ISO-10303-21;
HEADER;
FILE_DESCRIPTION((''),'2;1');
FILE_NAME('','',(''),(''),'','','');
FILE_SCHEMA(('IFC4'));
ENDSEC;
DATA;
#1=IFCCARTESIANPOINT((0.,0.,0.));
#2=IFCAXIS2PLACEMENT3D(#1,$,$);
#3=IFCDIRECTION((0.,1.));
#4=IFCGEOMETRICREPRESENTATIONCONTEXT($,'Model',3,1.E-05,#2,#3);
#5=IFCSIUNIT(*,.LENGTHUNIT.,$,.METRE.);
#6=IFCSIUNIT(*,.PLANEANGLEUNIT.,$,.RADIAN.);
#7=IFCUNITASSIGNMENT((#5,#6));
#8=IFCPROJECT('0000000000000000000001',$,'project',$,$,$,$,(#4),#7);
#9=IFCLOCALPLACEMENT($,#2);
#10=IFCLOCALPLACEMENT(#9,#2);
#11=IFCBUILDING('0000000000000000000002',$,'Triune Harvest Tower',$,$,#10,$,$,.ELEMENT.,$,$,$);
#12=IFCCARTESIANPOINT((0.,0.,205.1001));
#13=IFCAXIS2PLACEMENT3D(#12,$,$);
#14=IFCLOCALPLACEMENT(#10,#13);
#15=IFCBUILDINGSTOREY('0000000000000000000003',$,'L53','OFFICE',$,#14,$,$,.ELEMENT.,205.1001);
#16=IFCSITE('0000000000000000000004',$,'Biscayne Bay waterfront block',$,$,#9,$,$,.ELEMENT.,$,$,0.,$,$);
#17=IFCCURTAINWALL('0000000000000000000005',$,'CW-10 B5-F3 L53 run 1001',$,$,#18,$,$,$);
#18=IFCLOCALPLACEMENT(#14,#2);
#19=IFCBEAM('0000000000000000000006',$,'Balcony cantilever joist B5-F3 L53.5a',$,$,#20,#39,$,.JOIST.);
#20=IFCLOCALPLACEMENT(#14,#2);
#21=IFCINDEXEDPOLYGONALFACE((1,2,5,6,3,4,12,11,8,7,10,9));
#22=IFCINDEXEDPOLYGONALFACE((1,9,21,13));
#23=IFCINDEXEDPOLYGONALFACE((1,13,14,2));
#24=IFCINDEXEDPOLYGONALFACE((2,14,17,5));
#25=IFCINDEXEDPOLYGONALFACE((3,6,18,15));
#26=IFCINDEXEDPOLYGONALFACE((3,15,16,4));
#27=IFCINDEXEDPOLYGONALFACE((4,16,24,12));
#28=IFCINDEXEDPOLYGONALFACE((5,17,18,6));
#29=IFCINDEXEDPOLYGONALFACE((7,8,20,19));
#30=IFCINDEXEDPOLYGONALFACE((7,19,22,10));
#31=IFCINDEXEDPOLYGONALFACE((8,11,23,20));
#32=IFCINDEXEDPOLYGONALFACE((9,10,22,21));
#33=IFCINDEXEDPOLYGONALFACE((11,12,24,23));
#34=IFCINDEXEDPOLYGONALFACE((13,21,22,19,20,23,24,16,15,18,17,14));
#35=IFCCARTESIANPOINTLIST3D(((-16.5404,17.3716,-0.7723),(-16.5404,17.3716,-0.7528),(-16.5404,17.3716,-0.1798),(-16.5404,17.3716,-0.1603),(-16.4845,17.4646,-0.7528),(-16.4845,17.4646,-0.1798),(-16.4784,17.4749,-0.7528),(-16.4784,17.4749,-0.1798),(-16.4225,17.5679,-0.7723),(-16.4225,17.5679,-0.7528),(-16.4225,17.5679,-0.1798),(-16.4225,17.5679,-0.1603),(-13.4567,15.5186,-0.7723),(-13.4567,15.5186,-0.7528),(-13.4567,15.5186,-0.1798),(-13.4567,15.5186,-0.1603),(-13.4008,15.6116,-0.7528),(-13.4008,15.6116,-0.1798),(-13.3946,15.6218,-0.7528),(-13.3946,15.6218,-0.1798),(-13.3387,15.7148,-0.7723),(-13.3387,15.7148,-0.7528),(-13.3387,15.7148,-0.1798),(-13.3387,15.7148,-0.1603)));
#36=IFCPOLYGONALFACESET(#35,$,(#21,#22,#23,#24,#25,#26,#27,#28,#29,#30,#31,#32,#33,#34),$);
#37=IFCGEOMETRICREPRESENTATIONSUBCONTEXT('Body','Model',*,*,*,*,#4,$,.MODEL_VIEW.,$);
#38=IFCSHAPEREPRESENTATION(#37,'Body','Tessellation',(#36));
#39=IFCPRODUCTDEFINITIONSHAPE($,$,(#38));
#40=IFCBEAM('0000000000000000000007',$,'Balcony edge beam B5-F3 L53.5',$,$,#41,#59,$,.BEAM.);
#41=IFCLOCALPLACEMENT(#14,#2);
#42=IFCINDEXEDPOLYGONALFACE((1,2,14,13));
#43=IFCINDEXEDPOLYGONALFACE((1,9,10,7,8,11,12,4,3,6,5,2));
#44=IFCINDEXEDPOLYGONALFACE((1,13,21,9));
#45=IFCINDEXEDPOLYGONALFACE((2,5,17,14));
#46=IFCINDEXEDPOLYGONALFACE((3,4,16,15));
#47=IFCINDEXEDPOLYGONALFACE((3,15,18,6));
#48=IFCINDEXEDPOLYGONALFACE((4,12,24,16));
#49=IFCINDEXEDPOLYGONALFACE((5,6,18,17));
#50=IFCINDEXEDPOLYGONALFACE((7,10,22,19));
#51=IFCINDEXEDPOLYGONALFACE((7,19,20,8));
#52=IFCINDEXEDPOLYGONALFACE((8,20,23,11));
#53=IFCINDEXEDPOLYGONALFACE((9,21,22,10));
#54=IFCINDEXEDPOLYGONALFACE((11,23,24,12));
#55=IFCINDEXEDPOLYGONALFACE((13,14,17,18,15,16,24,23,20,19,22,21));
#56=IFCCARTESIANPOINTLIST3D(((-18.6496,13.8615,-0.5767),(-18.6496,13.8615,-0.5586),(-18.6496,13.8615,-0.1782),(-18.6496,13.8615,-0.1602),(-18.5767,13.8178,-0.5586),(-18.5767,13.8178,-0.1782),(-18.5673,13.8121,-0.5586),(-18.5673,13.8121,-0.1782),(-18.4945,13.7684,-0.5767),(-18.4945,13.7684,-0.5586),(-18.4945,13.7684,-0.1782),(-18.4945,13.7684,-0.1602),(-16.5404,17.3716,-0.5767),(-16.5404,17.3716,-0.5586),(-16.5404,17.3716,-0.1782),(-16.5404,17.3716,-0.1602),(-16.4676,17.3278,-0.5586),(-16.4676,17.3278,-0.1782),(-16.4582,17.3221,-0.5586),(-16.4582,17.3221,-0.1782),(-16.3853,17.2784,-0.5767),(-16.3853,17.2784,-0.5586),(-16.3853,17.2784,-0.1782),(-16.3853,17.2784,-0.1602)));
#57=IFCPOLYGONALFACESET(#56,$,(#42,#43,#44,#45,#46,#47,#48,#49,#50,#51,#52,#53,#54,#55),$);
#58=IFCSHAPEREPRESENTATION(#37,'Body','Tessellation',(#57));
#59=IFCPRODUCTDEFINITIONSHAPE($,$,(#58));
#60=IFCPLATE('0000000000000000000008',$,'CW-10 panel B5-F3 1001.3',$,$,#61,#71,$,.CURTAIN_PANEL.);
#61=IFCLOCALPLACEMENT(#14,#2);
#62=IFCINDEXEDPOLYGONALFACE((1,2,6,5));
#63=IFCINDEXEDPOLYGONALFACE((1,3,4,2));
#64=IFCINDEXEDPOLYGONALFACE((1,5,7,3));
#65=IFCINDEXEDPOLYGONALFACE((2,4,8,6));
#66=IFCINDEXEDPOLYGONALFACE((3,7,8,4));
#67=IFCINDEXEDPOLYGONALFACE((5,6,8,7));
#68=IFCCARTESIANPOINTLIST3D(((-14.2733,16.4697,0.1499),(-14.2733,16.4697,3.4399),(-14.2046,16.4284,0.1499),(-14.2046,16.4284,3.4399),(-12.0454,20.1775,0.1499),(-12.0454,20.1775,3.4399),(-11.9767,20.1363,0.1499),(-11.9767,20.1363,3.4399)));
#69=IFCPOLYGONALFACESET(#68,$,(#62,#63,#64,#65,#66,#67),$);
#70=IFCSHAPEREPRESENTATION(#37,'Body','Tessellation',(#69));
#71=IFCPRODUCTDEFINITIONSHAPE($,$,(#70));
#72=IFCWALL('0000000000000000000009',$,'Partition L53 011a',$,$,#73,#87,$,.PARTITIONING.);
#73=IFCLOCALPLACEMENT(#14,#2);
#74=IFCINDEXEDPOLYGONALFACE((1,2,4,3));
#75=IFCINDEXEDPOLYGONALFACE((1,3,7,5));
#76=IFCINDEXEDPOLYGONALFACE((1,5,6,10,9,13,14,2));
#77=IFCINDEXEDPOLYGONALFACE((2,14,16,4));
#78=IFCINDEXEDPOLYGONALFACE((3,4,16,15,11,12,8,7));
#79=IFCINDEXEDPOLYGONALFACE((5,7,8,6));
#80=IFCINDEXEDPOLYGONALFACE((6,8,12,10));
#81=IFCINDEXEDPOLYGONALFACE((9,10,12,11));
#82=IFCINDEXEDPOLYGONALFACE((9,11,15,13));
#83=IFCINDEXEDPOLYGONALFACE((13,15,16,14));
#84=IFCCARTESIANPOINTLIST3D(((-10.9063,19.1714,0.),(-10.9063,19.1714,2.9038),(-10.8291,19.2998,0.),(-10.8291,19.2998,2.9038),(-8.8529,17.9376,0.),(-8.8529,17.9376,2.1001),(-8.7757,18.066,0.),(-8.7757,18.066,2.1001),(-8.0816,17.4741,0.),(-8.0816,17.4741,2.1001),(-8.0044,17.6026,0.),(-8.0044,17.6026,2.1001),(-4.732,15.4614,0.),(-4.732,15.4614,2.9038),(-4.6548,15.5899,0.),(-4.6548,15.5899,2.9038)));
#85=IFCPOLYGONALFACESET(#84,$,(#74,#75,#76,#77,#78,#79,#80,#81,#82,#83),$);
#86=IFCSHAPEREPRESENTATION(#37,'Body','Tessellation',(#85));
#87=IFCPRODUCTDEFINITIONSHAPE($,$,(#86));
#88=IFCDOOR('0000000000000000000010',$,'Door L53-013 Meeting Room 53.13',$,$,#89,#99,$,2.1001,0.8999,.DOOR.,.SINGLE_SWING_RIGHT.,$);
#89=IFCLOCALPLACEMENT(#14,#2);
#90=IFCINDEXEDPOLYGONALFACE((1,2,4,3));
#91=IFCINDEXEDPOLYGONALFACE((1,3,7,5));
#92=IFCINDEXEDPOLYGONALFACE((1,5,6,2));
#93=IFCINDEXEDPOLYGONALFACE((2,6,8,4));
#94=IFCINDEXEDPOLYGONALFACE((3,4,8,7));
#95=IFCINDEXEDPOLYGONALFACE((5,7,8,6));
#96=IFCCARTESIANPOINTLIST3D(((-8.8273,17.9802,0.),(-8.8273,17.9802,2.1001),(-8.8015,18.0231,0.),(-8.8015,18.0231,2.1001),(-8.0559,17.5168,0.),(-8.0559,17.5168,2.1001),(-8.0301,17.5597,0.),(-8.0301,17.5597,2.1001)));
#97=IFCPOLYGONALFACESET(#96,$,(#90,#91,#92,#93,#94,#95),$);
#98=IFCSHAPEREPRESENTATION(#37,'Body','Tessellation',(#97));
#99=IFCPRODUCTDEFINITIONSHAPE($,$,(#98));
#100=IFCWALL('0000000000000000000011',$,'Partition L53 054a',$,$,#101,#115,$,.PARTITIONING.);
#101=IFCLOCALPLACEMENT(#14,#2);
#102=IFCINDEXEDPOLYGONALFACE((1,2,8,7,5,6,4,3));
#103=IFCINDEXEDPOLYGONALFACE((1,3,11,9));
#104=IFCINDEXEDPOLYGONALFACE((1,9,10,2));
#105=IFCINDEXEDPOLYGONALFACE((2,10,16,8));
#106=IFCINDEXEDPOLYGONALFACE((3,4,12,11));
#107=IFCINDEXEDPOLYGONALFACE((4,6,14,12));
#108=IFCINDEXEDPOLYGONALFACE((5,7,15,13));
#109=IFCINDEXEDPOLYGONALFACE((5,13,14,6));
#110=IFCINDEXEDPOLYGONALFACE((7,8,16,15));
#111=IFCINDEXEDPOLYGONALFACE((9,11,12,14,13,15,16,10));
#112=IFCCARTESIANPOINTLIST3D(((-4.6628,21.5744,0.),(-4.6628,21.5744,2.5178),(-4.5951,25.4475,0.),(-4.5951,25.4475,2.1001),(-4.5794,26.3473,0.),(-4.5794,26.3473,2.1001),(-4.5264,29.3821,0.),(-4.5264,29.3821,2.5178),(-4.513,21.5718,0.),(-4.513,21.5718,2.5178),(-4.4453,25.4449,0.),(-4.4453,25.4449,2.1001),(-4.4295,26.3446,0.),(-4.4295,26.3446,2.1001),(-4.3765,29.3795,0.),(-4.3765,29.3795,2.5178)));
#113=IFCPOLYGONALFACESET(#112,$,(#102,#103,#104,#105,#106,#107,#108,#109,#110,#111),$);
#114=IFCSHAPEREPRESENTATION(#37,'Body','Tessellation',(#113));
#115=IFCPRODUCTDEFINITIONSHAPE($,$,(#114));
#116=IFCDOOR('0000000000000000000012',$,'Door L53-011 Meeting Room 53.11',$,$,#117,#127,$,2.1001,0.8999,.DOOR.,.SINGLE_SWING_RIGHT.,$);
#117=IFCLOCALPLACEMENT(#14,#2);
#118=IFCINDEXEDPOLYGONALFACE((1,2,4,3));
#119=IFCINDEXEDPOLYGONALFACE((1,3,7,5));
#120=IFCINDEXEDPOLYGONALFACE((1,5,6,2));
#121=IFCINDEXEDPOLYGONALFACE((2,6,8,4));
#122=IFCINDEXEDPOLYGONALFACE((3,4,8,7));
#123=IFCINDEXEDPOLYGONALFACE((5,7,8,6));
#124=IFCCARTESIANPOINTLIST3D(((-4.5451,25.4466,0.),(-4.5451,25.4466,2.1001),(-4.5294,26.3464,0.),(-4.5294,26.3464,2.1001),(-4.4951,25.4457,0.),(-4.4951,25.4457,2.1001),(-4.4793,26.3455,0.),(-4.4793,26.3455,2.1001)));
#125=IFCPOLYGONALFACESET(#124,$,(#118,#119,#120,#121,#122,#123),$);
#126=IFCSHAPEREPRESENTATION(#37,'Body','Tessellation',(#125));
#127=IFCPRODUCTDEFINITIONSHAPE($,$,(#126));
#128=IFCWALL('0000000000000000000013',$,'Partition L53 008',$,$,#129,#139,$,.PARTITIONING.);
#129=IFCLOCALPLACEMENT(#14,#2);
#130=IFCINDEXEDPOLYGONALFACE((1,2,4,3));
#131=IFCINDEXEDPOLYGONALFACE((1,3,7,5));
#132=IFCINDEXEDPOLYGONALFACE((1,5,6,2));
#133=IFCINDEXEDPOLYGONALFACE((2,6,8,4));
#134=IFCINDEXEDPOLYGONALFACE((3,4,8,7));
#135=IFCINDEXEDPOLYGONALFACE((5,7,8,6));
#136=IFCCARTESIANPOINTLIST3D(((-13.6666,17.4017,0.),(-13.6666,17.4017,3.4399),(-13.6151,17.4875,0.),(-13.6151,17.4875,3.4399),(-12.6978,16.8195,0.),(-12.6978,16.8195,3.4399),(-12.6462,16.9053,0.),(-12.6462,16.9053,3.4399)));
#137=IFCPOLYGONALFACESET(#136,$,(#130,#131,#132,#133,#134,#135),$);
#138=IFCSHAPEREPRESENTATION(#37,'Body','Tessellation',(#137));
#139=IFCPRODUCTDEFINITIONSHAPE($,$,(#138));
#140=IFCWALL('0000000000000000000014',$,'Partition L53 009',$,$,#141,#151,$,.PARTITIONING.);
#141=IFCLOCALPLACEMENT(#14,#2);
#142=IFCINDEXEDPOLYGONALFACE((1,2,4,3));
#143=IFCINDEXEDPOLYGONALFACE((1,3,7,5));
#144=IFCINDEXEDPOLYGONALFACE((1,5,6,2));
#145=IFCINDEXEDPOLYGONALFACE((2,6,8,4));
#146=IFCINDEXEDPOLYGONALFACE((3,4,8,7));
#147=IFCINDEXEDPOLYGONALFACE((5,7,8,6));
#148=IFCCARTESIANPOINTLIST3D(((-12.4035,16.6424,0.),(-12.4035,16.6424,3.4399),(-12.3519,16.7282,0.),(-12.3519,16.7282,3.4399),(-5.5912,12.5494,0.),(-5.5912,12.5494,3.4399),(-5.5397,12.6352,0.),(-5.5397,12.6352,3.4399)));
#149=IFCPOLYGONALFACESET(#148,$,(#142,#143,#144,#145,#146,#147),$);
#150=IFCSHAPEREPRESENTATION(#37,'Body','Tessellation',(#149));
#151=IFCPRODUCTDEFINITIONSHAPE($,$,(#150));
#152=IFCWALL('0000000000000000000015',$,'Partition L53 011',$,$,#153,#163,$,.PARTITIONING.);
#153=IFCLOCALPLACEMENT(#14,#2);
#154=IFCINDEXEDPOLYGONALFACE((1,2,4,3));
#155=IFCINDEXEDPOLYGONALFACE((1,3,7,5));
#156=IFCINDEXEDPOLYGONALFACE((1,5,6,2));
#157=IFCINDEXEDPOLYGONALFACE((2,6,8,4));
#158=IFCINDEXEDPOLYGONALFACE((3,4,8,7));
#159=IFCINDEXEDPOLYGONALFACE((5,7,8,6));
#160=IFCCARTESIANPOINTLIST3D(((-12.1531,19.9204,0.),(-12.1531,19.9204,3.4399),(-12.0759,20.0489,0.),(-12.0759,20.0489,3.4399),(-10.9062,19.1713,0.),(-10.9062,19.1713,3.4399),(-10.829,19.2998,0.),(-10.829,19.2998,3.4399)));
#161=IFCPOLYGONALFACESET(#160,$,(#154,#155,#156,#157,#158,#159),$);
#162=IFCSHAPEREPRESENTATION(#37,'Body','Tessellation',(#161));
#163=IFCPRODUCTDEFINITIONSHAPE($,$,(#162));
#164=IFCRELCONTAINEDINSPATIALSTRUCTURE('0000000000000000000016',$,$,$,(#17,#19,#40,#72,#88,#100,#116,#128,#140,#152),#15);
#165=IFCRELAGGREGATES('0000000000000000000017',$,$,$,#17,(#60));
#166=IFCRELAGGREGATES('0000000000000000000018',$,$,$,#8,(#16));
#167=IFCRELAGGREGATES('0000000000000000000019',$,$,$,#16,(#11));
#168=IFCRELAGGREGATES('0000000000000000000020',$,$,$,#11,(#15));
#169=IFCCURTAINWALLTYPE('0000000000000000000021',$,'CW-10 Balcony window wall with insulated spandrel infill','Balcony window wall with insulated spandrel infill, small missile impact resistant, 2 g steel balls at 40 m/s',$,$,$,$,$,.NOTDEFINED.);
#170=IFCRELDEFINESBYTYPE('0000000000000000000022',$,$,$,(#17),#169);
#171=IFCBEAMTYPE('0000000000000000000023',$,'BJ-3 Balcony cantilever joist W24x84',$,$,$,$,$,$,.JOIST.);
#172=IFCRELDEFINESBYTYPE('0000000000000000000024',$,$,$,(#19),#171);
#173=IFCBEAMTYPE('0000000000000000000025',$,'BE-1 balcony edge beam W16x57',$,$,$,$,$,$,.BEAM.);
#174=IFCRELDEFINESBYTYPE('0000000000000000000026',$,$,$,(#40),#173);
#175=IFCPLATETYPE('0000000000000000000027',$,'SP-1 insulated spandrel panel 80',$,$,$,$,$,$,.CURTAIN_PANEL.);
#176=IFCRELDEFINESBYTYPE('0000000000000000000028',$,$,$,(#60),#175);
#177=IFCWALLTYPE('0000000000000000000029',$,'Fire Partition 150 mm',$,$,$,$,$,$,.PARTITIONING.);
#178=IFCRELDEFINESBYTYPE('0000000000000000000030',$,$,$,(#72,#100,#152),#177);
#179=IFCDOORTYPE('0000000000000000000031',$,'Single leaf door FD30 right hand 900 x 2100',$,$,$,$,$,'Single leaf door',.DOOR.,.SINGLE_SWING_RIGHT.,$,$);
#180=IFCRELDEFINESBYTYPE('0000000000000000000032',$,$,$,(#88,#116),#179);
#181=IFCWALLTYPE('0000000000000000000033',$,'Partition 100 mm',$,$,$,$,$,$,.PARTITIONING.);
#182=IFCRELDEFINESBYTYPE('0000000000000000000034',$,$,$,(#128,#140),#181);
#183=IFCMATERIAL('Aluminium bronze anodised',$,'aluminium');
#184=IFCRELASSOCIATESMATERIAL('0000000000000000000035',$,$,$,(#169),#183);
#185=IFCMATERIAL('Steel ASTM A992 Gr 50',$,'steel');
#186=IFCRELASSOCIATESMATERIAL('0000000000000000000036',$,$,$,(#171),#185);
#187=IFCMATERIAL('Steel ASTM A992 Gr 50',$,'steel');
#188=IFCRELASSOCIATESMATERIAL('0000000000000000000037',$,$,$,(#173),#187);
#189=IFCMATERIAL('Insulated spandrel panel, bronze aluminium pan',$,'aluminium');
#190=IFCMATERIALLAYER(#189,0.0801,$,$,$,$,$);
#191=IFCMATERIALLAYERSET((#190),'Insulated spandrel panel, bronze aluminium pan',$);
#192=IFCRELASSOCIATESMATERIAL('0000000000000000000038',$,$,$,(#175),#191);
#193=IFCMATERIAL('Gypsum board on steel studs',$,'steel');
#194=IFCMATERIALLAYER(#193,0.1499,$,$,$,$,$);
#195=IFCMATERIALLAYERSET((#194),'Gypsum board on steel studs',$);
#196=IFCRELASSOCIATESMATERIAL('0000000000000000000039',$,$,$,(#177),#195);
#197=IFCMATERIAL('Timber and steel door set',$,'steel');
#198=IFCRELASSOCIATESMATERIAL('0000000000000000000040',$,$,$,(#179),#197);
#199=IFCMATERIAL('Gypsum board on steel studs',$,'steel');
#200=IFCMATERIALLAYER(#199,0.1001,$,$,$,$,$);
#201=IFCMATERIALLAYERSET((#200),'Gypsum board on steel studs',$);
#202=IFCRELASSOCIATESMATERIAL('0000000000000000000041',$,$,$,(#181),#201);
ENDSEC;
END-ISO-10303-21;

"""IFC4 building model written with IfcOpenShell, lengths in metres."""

from ifc_helpers import new_model, si_unit, direction, frame, frame_2d, origin, origin_2d, place, context, subcontext, project, spatial, rectangle, i_section, extrude, source, transform, mapped, material, layer, layer_set, material_profile, profile_set, type_object, element, fill, aggregate, save


model = new_model("IFC4")

# Units and contexts
model_context = context("Model", 3, precision=1e-05, world=origin(), true_north=direction((0.0, 1.0)))
body_context = subcontext(model_context, "Body", "Model", "MODEL_VIEW")
ifc_project = project(units=[si_unit("LENGTHUNIT", "METRE"), si_unit("PLANEANGLEUNIT", "RADIAN")], contexts=[model_context])

# Site, building, storey
site_placement = place(None, origin())
site = spatial("IfcSite", under=ifc_project, at=site_placement, Name="Biscayne Bay waterfront block", CompositionType="ELEMENT", RefElevation=0.0)
building_placement = place(site_placement, origin())
building = spatial("IfcBuilding", under=site, at=building_placement, Name="Triune Harvest Tower", CompositionType="ELEMENT")
storey_placement = place(building_placement, frame((0.0, 0.0, 205.1001)))
storey = spatial("IfcBuildingStorey", under=building, at=storey_placement, Name="L53", Description="OFFICE", CompositionType="ELEMENT", Elevation=205.1001)

# Curtain wall
ifc_material_1 = material(Name="Aluminium bronze anodised", Category="aluminium")
curtain_wall_type = type_object("IfcCurtainWallType", Name="CW-10 Balcony window wall with insulated spandrel infill", Description="Balcony window wall with insulated spandrel infill, small missile impact resistant, 2 g steel balls at 40 m/s", PredefinedType="NOTDEFINED", material=ifc_material_1)
curtain_wall_placement = place(storey_placement, origin())
curtain_wall = element("IfcCurtainWall", 1, at=curtain_wall_placement, inside=storey, type_object=curtain_wall_type, Name="CW-10 B5-F3 L53 run 1001")

# Beams
ifc_material_2 = material(Name="Steel ASTM A992 Gr 50", Category="steel")
ifc_material_profile_1 = material_profile(ifc_material_2, i_section(OverallWidth=0.229, OverallDepth=0.6121, WebThickness=0.012, FlangeThickness=0.0195, at=origin_2d()), Name="W24x84")
ifc_profile_set_1 = profile_set([ifc_material_profile_1], Name="Steel ASTM A992 Gr 50")
beam_type_1 = type_object("IfcBeamType", Name="BJ-3 Balcony cantilever joist W24x84", PredefinedType="JOIST", material=ifc_profile_set_1)
shared_shape_1 = source(origin(), body_context, "Body", "SweptSolid", [
    extrude(i_section(OverallWidth=0.229, OverallDepth=0.6121, WebThickness=0.012, FlangeThickness=0.0195, at=origin_2d()), origin(), (0.0, 0.0, 1.0), 3.5977),
])
beam_1_placement = place(storey_placement, frame((-13.3977, 15.6167, -0.4663), z_axis=(-0.857151, 0.515064, 0.0), x_axis=(-0.515064, -0.857151, 0.0)))
element("IfcBeam", 2, at=beam_1_placement, inside=storey, type_object=beam_type_1, Name="Balcony cantilever joist B5-F3 L53.5a", PredefinedType="JOIST", context=body_context, shape_type="MappedRepresentation", body=[
    mapped(shared_shape_1, transform((0.0, 0.0, 0.0), scale=1.0)),
])
ifc_material_3 = material(Name="Steel ASTM A992 Gr 50", Category="steel")
ifc_material_profile_2 = material_profile(ifc_material_3, i_section(OverallWidth=0.1809, OverallDepth=0.4165, WebThickness=0.011, FlangeThickness=0.0181, at=origin_2d()), Name="W16x57")
ifc_profile_set_2 = profile_set([ifc_material_profile_2], Name="Steel ASTM A992 Gr 50")
beam_type_2 = type_object("IfcBeamType", Name="BE-1 balcony edge beam W16x57", PredefinedType="BEAM", material=ifc_profile_set_2)
shared_shape_2 = source(origin(), body_context, "Body", "SweptSolid", [
    extrude(i_section(OverallWidth=0.1809, OverallDepth=0.4165, WebThickness=0.011, FlangeThickness=0.0181, at=origin_2d()), origin(), (0.0, 0.0, 1.0), 4.095),
])
beam_2_placement = place(storey_placement, frame((-18.572, 13.8149, -0.3684), z_axis=(0.515057, 0.857156, 0.0), x_axis=(-0.857156, 0.515057, 0.0)))
element("IfcBeam", 3, at=beam_2_placement, inside=storey, type_object=beam_type_2, Name="Balcony edge beam B5-F3 L53.5", PredefinedType="BEAM", context=body_context, shape_type="MappedRepresentation", body=[
    mapped(shared_shape_2, transform((0.0, 0.0, 0.0), scale=1.0)),
])

# Plate
ifc_material_4 = material(Name="Insulated spandrel panel, bronze aluminium pan", Category="aluminium")
ifc_layer_1 = layer(ifc_material_4, 0.0801)
ifc_layer_set_1 = layer_set([ifc_layer_1], Name="Insulated spandrel panel, bronze aluminium pan")
plate_type = type_object("IfcPlateType", Name="SP-1 insulated spandrel panel 80", PredefinedType="CURTAIN_PANEL", material=ifc_layer_set_1)
plate_placement = place(storey_placement, frame((-13.125, 18.303, 0.1499), z_axis=(0.0, 0.0, 1.0), x_axis=(-0.515041, -0.857166, 0.0)))
plate = element("IfcPlate", 4, at=plate_placement, type_object=plate_type, Name="CW-10 panel B5-F3 1001.3", PredefinedType="CURTAIN_PANEL", context=body_context, shape_type="SweptSolid", body=[
    extrude(rectangle(XDim=4.3257, YDim=0.0801, at=origin_2d()), origin(), (0.0, 0.0, 1.0), 3.29),
])
aggregate(curtain_wall, [plate])

# Walls, openings, doors
ifc_material_5 = material(Name="Gypsum board on steel studs", Category="steel")
ifc_layer_2 = layer(ifc_material_5, 0.1499)
ifc_layer_set_2 = layer_set([ifc_layer_2], Name="Gypsum board on steel studs")
wall_type_1 = type_object("IfcWallType", Name="Fire Partition 150 mm", PredefinedType="PARTITIONING", material=ifc_layer_set_2)
wall_1_placement = place(storey_placement, frame((-10.8677, 19.2356, 0.0), z_axis=(0.0, 0.0, 1.0), x_axis=(0.857164, -0.515044, 0.0)))
wall_1 = element("IfcWall", 5, at=wall_1_placement, inside=storey, type_object=wall_type_1, Name="Partition L53 011a", PredefinedType="PARTITIONING", context=body_context, shape_type="SweptSolid", body=[
    extrude(rectangle(XDim=7.2031, YDim=0.1499, at=frame_2d((3.6016, 0.0))), origin(), (0.0, 0.0, 1.0), 2.9038),
])
opening_1_placement = place(wall_1_placement, frame((2.3955, 0.0, 0.0)))
opening_1 = element("IfcOpeningElement", 6, at=opening_1_placement, cuts=wall_1, PredefinedType="OPENING", context=body_context, shape_type="SweptSolid", body=[
    extrude(rectangle(XDim=0.8999, YDim=2.1001, at=frame_2d((0.45, 1.05))), frame((0.0, 0.085, 0.0), z_axis=(0.0, -1.0, 0.0), x_axis=(1.0, 0.0, 0.0)), (0.0, 0.0, 1.0), 0.1699),
])
ifc_material_6 = material(Name="Timber and steel door set", Category="steel")
door_type_1 = type_object("IfcDoorType", Name="Single leaf door FD30 right hand 900 x 2100", ElementType="Single leaf door", OperationType="SINGLE_SWING_RIGHT", PredefinedType="DOOR", material=ifc_material_6)
door_1_placement = place(opening_1_placement, origin())
door_1 = element("IfcDoor", 7, at=door_1_placement, inside=storey, type_object=door_type_1, Name="Door L53-013 Meeting Room 53.13", OperationType="SINGLE_SWING_RIGHT", OverallHeight=2.1001, OverallWidth=0.8999, PredefinedType="DOOR", context=body_context, shape_type="SweptSolid", body=[
    extrude(rectangle(XDim=0.8999, YDim=2.1001, at=frame_2d((0.45, 1.05))), frame((0.0, 0.0249, 0.0), z_axis=(0.0, -1.0, 0.0), x_axis=(1.0, 0.0, 0.0)), (0.0, 0.0, 1.0), 0.05),
])
fill(opening_1, door_1)
wall_2_placement = place(storey_placement, frame((-4.5879, 21.5732, 0.0), z_axis=(0.0, 0.0, 1.0), x_axis=(0.017477, 0.999847, 0.0)))
wall_2 = element("IfcWall", 8, at=wall_2_placement, inside=storey, type_object=wall_type_1, Name="Partition L53 054a", PredefinedType="PARTITIONING", context=body_context, shape_type="SweptSolid", body=[
    extrude(rectangle(XDim=7.8088, YDim=0.1499, at=frame_2d((3.9043, 0.0))), origin(), (0.0, 0.0, 1.0), 2.5178),
])
opening_2_placement = place(wall_2_placement, frame((3.8735, 0.0, 0.0)))
opening_2 = element("IfcOpeningElement", 9, at=opening_2_placement, cuts=wall_2, PredefinedType="OPENING", context=body_context, shape_type="SweptSolid", body=[
    extrude(rectangle(XDim=0.8999, YDim=2.1001, at=frame_2d((0.45, 1.05))), frame((0.0, 0.085, 0.0), z_axis=(0.0, -1.0, 0.0), x_axis=(1.0, 0.0, 0.0)), (0.0, 0.0, 1.0), 0.1699),
])
door_2_placement = place(opening_2_placement, origin())
door_2 = element("IfcDoor", 10, at=door_2_placement, inside=storey, type_object=door_type_1, Name="Door L53-011 Meeting Room 53.11", OperationType="SINGLE_SWING_RIGHT", OverallHeight=2.1001, OverallWidth=0.8999, PredefinedType="DOOR", context=body_context, shape_type="SweptSolid", body=[
    extrude(rectangle(XDim=0.8999, YDim=2.1001, at=frame_2d((0.45, 1.05))), frame((0.0, 0.0249, 0.0), z_axis=(0.0, -1.0, 0.0), x_axis=(1.0, 0.0, 0.0)), (0.0, 0.0, 1.0), 0.05),
])
fill(opening_2, door_2)

# Walls
ifc_material_7 = material(Name="Gypsum board on steel studs", Category="steel")
ifc_layer_3 = layer(ifc_material_7, 0.1001)
ifc_layer_set_3 = layer_set([ifc_layer_3], Name="Gypsum board on steel studs")
wall_type_2 = type_object("IfcWallType", Name="Partition 100 mm", PredefinedType="PARTITIONING", material=ifc_layer_set_3)
shared_shape_3 = source(origin(), body_context, "Body", "SweptSolid", [
    extrude(rectangle(XDim=1.1304, YDim=0.1001, at=frame_2d((0.5652, 0.0))), origin(), (0.0, 0.0, 1.0), 3.4399),
])
wall_3_placement = place(storey_placement, frame((-13.6409, 17.4446, 0.0), z_axis=(0.0, 0.0, 1.0), x_axis=(0.85715, -0.515067, 0.0)))
element("IfcWall", 11, at=wall_3_placement, inside=storey, type_object=wall_type_2, Name="Partition L53 008", PredefinedType="PARTITIONING", context=body_context, shape_type="MappedRepresentation", body=[
    mapped(shared_shape_3, transform((0.0, 0.0, 0.0), scale=1.0)),
])
shared_shape_4 = source(origin(), body_context, "Body", "SweptSolid", [
    extrude(rectangle(XDim=7.9473, YDim=0.1001, at=frame_2d((3.9736, 0.0))), origin(), (0.0, 0.0, 1.0), 3.4399),
])
wall_4_placement = place(storey_placement, frame((-12.3777, 16.6853, 0.0), z_axis=(0.0, 0.0, 1.0), x_axis=(0.857178, -0.51502, 0.0)))
element("IfcWall", 12, at=wall_4_placement, inside=storey, type_object=wall_type_2, Name="Partition L53 009", PredefinedType="PARTITIONING", context=body_context, shape_type="MappedRepresentation", body=[
    mapped(shared_shape_4, transform((0.0, 0.0, 0.0), scale=1.0)),
])
shared_shape_5 = source(origin(), body_context, "Body", "SweptSolid", [
    extrude(rectangle(XDim=1.4546, YDim=0.1499, at=frame_2d((0.7273, 0.0))), origin(), (0.0, 0.0, 1.0), 3.4399),
])
wall_5_placement = place(storey_placement, frame((-12.1145, 19.9846, 0.0), z_axis=(0.0, 0.0, 1.0), x_axis=(0.857211, -0.514965, 0.0)))
element("IfcWall", 13, at=wall_5_placement, inside=storey, type_object=wall_type_1, Name="Partition L53 011", PredefinedType="PARTITIONING", context=body_context, shape_type="MappedRepresentation", body=[
    mapped(shared_shape_5, transform((0.0, 0.0, 0.0), scale=1.0)),
])

save(model, "model.ifc")
